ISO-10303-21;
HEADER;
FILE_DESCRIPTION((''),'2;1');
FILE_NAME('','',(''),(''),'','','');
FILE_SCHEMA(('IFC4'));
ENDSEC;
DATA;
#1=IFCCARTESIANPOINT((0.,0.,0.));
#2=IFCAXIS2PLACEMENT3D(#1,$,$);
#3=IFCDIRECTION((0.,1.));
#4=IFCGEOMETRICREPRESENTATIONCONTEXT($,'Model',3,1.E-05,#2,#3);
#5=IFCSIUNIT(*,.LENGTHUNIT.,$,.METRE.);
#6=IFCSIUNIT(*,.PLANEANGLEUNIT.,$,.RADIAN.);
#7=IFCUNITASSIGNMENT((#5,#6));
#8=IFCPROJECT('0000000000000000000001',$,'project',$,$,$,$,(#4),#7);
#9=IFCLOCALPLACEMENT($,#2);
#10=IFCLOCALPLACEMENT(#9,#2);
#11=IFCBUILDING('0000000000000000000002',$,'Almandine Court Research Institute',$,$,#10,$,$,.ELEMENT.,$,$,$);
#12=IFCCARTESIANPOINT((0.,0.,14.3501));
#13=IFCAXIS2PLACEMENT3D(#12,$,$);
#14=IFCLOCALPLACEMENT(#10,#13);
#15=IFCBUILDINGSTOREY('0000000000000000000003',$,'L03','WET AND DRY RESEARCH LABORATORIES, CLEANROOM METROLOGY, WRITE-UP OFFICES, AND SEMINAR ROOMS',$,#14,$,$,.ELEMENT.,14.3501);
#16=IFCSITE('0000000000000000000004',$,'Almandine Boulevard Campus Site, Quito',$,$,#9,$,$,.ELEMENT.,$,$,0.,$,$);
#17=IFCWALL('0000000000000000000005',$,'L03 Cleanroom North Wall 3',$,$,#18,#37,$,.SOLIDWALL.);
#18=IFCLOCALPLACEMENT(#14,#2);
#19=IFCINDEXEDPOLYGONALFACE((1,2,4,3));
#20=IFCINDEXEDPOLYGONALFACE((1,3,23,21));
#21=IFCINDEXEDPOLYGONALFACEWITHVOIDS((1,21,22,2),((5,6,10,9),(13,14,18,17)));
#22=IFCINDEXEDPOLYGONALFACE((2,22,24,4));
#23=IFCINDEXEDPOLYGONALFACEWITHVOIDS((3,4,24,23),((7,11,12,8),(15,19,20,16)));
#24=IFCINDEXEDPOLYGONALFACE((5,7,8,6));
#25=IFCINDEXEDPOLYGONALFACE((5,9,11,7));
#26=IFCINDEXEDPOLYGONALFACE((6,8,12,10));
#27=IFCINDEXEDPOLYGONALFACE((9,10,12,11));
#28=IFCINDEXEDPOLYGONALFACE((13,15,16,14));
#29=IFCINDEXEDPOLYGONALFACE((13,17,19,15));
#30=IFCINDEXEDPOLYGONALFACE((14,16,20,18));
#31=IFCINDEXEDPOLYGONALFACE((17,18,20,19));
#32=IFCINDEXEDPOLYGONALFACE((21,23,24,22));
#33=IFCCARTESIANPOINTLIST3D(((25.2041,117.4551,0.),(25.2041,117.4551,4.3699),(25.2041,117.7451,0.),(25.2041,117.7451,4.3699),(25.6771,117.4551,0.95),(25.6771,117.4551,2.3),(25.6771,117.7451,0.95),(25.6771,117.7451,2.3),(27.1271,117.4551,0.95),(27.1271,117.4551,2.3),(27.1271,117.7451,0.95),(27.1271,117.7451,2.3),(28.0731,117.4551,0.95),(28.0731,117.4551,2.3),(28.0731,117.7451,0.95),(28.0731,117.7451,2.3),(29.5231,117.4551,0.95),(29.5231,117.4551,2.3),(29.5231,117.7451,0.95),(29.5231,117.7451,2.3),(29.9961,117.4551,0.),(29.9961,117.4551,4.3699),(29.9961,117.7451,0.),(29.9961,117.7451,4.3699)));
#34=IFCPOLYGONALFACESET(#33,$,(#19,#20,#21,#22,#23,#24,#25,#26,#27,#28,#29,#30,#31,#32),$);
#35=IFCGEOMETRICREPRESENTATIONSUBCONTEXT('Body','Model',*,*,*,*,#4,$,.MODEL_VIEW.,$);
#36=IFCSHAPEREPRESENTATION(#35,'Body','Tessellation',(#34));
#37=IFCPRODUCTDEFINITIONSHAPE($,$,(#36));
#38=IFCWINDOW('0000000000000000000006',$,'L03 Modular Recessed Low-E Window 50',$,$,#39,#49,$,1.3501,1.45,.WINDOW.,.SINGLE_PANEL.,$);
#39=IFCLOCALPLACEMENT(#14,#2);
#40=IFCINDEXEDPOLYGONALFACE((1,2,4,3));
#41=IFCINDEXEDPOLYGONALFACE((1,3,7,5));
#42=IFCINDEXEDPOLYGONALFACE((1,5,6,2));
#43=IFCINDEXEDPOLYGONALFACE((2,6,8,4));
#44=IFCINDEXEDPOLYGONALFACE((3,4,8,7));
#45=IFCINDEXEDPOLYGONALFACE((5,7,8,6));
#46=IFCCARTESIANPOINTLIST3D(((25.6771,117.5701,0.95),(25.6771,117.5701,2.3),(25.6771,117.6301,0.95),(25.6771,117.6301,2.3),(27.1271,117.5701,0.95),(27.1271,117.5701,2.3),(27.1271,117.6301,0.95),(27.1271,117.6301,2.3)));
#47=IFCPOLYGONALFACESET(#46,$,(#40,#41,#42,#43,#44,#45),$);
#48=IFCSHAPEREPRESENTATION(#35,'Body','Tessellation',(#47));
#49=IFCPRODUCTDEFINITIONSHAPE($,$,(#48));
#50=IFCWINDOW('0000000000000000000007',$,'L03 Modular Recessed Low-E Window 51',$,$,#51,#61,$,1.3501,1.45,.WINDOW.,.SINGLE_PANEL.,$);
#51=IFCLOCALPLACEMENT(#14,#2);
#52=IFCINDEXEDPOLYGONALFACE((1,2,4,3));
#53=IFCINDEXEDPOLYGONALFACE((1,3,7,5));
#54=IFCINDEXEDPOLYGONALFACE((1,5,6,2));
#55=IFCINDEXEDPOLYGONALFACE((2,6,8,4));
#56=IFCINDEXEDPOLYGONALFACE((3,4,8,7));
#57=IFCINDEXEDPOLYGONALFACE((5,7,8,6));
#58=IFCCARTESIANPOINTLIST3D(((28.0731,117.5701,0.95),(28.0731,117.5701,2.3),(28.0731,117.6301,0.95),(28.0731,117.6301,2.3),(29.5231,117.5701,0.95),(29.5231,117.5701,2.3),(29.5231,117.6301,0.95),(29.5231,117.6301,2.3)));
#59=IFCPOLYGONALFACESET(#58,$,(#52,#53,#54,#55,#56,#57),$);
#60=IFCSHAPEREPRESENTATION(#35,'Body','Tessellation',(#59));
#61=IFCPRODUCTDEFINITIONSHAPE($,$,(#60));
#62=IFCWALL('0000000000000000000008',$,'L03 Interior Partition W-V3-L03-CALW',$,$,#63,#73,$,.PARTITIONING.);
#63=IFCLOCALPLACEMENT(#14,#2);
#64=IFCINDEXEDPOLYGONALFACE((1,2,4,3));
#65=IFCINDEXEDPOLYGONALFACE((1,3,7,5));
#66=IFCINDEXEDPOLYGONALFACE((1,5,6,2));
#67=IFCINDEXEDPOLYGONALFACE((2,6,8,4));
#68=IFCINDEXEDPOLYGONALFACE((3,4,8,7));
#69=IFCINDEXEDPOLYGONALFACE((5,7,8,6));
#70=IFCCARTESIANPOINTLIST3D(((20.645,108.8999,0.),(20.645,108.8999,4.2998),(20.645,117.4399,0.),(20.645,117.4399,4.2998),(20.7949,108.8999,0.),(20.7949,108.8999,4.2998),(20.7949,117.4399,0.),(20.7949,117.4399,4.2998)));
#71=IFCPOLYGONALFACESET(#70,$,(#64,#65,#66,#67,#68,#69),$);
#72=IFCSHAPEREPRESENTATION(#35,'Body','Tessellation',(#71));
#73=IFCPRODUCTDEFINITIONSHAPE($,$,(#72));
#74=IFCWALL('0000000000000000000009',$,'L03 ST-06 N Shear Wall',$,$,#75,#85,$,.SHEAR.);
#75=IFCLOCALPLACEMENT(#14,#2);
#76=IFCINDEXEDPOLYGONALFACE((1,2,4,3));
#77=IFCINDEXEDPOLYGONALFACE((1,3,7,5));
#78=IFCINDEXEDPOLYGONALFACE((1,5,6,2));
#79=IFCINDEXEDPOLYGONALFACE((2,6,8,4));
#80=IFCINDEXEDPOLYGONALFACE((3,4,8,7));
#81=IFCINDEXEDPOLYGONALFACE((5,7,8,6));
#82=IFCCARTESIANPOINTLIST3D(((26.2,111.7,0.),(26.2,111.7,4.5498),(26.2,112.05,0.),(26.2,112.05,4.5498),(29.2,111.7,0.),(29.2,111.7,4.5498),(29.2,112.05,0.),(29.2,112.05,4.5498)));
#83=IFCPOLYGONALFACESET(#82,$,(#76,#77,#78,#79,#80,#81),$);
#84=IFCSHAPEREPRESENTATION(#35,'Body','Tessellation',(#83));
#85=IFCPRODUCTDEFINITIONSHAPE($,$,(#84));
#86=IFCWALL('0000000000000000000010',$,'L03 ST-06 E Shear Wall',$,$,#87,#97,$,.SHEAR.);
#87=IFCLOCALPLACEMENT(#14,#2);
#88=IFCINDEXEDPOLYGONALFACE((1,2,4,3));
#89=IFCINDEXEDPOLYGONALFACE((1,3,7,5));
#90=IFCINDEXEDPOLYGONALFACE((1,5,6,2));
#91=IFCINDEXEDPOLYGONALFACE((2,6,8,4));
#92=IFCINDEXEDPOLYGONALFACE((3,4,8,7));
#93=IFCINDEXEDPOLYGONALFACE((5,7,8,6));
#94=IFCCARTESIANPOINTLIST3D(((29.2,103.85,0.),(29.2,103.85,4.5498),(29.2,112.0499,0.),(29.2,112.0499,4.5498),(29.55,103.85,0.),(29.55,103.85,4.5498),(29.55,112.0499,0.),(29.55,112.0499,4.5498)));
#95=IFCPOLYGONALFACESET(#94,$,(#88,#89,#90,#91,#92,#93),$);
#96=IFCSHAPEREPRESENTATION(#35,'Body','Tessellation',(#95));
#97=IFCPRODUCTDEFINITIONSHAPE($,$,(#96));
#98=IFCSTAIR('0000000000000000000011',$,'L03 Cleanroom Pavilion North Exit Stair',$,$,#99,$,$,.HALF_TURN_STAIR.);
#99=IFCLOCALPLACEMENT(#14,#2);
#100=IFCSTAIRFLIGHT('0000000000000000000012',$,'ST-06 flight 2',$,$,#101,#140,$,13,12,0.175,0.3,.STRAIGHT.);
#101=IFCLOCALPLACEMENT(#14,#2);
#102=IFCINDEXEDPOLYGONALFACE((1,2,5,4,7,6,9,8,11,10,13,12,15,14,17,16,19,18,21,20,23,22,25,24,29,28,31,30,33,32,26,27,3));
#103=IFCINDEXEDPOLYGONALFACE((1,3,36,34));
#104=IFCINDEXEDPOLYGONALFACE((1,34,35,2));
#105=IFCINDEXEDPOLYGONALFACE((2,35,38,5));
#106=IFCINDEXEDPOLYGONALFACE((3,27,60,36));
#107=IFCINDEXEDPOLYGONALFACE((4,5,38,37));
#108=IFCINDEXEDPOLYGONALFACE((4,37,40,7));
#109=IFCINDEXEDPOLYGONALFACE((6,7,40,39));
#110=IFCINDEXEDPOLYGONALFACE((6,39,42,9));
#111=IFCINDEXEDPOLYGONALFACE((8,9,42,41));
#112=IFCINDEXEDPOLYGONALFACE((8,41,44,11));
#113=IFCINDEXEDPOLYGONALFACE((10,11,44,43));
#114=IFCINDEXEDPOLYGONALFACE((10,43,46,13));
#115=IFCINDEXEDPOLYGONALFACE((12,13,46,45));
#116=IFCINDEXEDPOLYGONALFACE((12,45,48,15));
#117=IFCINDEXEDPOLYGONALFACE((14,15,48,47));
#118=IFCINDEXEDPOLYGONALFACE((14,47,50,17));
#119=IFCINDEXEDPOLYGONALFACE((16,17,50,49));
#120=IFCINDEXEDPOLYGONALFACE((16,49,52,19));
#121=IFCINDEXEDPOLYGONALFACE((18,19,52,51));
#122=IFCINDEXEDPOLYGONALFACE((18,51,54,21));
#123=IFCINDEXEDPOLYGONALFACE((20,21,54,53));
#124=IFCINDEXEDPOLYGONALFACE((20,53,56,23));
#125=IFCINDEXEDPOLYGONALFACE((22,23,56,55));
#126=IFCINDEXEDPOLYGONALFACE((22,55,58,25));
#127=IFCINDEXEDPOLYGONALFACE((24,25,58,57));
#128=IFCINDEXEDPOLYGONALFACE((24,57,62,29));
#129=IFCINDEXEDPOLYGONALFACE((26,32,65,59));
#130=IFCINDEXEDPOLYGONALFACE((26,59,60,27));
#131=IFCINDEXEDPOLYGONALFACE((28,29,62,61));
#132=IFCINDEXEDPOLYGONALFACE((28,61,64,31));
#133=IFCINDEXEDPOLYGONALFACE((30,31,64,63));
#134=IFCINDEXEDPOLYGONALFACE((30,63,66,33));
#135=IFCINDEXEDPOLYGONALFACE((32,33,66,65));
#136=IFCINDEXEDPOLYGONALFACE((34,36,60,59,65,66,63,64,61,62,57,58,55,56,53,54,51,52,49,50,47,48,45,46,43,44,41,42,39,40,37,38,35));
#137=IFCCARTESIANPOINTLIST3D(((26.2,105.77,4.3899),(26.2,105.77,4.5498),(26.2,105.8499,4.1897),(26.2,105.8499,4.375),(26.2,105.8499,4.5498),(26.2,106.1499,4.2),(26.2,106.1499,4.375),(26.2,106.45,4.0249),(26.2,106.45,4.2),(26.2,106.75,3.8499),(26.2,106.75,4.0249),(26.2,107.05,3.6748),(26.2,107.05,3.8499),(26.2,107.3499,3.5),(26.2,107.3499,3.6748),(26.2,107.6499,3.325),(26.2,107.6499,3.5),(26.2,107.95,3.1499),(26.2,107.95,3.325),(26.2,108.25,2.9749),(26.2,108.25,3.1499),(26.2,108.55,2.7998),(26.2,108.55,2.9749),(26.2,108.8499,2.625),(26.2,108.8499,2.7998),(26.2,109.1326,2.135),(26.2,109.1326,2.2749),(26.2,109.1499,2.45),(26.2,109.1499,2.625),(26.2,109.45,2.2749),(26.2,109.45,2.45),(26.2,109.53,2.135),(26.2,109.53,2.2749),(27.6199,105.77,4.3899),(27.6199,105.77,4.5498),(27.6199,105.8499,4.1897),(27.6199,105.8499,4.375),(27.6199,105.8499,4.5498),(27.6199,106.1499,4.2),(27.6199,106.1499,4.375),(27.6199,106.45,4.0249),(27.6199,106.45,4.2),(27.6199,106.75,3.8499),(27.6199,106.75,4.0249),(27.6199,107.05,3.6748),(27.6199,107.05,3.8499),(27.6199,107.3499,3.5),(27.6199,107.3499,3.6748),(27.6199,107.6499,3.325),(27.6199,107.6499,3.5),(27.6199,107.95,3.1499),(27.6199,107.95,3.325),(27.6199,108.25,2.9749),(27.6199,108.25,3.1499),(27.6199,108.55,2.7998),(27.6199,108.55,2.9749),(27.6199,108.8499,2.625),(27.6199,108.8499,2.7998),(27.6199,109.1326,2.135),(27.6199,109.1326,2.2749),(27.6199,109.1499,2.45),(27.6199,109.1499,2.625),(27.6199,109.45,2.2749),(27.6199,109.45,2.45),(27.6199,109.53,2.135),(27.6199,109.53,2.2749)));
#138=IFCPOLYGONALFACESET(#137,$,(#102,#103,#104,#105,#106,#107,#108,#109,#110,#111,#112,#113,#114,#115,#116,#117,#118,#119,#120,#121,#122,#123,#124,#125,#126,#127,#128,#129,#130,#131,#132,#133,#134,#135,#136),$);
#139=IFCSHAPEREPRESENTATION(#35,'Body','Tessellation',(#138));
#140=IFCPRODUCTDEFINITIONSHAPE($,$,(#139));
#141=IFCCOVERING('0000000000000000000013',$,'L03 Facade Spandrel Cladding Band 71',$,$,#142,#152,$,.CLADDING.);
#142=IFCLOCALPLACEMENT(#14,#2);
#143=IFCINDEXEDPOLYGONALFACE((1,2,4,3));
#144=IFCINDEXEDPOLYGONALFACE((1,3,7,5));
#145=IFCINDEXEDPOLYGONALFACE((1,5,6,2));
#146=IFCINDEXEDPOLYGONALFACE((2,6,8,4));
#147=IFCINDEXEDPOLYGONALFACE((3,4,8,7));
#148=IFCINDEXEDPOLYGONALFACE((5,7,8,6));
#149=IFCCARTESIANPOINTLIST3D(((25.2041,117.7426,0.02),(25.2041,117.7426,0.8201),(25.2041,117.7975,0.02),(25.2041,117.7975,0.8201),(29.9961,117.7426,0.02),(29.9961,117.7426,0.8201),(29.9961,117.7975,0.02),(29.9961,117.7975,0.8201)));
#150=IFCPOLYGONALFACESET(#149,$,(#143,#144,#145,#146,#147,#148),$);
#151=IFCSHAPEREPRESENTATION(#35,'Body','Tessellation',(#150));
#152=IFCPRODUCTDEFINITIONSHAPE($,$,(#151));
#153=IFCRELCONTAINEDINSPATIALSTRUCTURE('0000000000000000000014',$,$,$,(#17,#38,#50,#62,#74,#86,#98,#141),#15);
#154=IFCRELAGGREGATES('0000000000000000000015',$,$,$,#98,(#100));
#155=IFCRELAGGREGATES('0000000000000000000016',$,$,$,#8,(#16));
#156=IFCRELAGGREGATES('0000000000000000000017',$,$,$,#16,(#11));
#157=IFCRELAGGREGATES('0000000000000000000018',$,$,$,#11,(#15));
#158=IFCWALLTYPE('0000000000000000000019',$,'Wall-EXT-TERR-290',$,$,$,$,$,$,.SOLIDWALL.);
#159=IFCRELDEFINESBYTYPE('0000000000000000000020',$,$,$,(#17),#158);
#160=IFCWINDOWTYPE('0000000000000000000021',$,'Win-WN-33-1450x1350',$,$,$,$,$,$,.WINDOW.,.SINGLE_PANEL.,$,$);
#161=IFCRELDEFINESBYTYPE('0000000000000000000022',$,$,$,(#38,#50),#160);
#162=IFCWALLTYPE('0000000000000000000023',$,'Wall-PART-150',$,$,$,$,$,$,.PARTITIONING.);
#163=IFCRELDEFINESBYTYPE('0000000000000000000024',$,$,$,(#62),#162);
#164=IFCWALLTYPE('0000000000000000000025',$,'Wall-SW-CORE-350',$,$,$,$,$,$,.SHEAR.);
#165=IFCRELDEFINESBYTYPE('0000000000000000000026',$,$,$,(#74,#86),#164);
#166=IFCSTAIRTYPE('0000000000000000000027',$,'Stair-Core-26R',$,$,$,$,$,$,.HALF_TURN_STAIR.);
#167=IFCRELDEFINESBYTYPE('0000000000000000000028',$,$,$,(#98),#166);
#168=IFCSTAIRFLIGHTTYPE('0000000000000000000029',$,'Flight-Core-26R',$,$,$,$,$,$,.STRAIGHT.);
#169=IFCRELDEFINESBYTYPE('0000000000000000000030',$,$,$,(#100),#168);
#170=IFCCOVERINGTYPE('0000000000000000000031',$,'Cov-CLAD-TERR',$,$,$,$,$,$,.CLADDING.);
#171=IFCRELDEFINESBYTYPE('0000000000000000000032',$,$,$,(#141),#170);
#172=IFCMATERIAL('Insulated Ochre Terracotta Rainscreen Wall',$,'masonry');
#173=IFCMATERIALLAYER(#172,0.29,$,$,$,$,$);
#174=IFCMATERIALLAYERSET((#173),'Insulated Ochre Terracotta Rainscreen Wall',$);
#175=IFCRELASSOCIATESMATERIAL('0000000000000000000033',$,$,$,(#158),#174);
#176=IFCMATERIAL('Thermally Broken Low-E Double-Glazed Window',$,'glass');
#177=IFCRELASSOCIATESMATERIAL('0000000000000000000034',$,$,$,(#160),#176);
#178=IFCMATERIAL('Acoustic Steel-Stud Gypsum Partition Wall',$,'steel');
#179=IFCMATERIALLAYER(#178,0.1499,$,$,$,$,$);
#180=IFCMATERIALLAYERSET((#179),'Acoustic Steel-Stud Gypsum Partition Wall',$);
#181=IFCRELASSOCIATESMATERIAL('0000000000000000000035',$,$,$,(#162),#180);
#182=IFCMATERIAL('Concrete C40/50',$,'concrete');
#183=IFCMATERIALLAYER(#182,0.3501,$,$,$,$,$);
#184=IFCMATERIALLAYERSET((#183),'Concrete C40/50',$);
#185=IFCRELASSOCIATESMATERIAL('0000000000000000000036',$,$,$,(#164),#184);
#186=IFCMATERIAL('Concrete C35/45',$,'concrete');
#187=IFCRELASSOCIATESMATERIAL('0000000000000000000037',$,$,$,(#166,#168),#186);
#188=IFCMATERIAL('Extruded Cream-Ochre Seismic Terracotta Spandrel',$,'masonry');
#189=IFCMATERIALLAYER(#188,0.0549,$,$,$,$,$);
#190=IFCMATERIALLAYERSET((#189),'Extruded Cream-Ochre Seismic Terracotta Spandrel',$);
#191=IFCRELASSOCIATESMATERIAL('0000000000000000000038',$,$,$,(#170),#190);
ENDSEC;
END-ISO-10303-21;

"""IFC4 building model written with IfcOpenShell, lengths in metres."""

from ifc_helpers import new_model, si_unit, direction, frame, frame_2d, origin, origin_2d, place, context, subcontext, project, spatial, polyline, rectangle, outline, extrude, material, layer, layer_set, type_object, element, fill, aggregate, save


model = new_model("IFC4")

# Units and contexts
model_context = context("Model", 3, precision=1e-05, world=origin(), true_north=direction((0.0, 1.0)))
body_context = subcontext(model_context, "Body", "Model", "MODEL_VIEW")
ifc_project = project(units=[si_unit("LENGTHUNIT", "METRE"), si_unit("PLANEANGLEUNIT", "RADIAN")], contexts=[model_context])

# Site, building, storey
site_placement = place(None, origin())
site = spatial("IfcSite", under=ifc_project, at=site_placement, Name="Almandine Boulevard Campus Site, Quito", CompositionType="ELEMENT", RefElevation=0.0)
building_placement = place(site_placement, origin())
building = spatial("IfcBuilding", under=site, at=building_placement, Name="Almandine Court Research Institute", CompositionType="ELEMENT")
storey_placement = place(building_placement, frame((0.0, 0.0, 14.3501)))
storey = spatial("IfcBuildingStorey", under=building, at=storey_placement, Name="L03", Description="WET AND DRY RESEARCH LABORATORIES, CLEANROOM METROLOGY, WRITE-UP OFFICES, AND SEMINAR ROOMS", CompositionType="ELEMENT", Elevation=14.3501)

# Wall, openings, windows
ifc_material_1 = material(Name="Insulated Ochre Terracotta Rainscreen Wall", Category="masonry")
ifc_layer_1 = layer(ifc_material_1, 0.29)
ifc_layer_set_1 = layer_set([ifc_layer_1], Name="Insulated Ochre Terracotta Rainscreen Wall")
wall_type_1 = type_object("IfcWallType", Name="Wall-EXT-TERR-290", PredefinedType="SOLIDWALL", material=ifc_layer_set_1)
wall_1_placement = place(storey_placement, frame((25.2041, 117.6001, 0.0), z_axis=(0.0, 0.0, 1.0), x_axis=(1.0, 0.0, 0.0)))
wall_1 = element("IfcWall", 1, at=wall_1_placement, inside=storey, type_object=wall_type_1, Name="L03 Cleanroom North Wall 3", PredefinedType="SOLIDWALL", context=body_context, shape_type="SweptSolid", body=[
    extrude(rectangle(XDim=4.792, YDim=0.29, at=frame_2d((2.396, 0.0))), origin(), (0.0, 0.0, 1.0), 4.3699),
])
opening_1_placement = place(wall_1_placement, frame((0.4729, 0.0, 0.95)))
opening_1 = element("IfcOpeningElement", 2, at=opening_1_placement, cuts=wall_1, PredefinedType="OPENING", context=body_context, shape_type="SweptSolid", body=[
    extrude(rectangle(XDim=1.45, YDim=1.3501, at=frame_2d((0.7251, 0.675))), frame((0.0, 0.155, 0.0), z_axis=(0.0, -1.0, 0.0), x_axis=(1.0, 0.0, 0.0)), (0.0, 0.0, 1.0), 0.3101),
])
opening_2_placement = place(wall_1_placement, frame((2.8689, 0.0, 0.95)))
opening_2 = element("IfcOpeningElement", 3, at=opening_2_placement, cuts=wall_1, PredefinedType="OPENING", context=body_context, shape_type="SweptSolid", body=[
    extrude(rectangle(XDim=1.45, YDim=1.3501, at=frame_2d((0.7251, 0.675))), frame((0.0, 0.155, 0.0), z_axis=(0.0, -1.0, 0.0), x_axis=(1.0, 0.0, 0.0)), (0.0, 0.0, 1.0), 0.3101),
])
ifc_material_2 = material(Name="Thermally Broken Low-E Double-Glazed Window", Category="glass")
window_type = type_object("IfcWindowType", Name="Win-WN-33-1450x1350", PartitioningType="SINGLE_PANEL", PredefinedType="WINDOW", material=ifc_material_2)
window_1_placement = place(opening_1_placement, origin())
window_1 = element("IfcWindow", 4, at=window_1_placement, inside=storey, type_object=window_type, Name="L03 Modular Recessed Low-E Window 50", OverallHeight=1.3501, OverallWidth=1.45, PartitioningType="SINGLE_PANEL", PredefinedType="WINDOW", context=body_context, shape_type="SweptSolid", body=[
    extrude(rectangle(XDim=1.45, YDim=1.3501, at=frame_2d((0.7251, 0.675))), frame((0.0, 0.03, 0.0), z_axis=(0.0, -1.0, 0.0), x_axis=(1.0, 0.0, 0.0)), (0.0, 0.0, 1.0), 0.0601),
])
fill(opening_1, window_1)
window_2_placement = place(opening_2_placement, origin())
window_2 = element("IfcWindow", 5, at=window_2_placement, inside=storey, type_object=window_type, Name="L03 Modular Recessed Low-E Window 51", OverallHeight=1.3501, OverallWidth=1.45, PartitioningType="SINGLE_PANEL", PredefinedType="WINDOW", context=body_context, shape_type="SweptSolid", body=[
    extrude(rectangle(XDim=1.45, YDim=1.3501, at=frame_2d((0.7251, 0.675))), frame((0.0, 0.03, 0.0), z_axis=(0.0, -1.0, 0.0), x_axis=(1.0, 0.0, 0.0)), (0.0, 0.0, 1.0), 0.0601),
])
fill(opening_2, window_2)

# Walls
ifc_material_3 = material(Name="Acoustic Steel-Stud Gypsum Partition Wall", Category="steel")
ifc_layer_2 = layer(ifc_material_3, 0.1499)
ifc_layer_set_2 = layer_set([ifc_layer_2], Name="Acoustic Steel-Stud Gypsum Partition Wall")
wall_type_2 = type_object("IfcWallType", Name="Wall-PART-150", PredefinedType="PARTITIONING", material=ifc_layer_set_2)
wall_2_placement = place(storey_placement, frame((20.72, 108.8999, 0.0), z_axis=(0.0, 0.0, 1.0), x_axis=(0.0, 1.0, 0.0)))
element("IfcWall", 6, at=wall_2_placement, inside=storey, type_object=wall_type_2, Name="L03 Interior Partition W-V3-L03-CALW", PredefinedType="PARTITIONING", context=body_context, shape_type="SweptSolid", body=[
    extrude(rectangle(XDim=8.54, YDim=0.1499, at=frame_2d((4.27, 0.0))), origin(), (0.0, 0.0, 1.0), 4.2998),
])
ifc_material_4 = material(Name="Concrete C40/50", Category="concrete")
ifc_layer_3 = layer(ifc_material_4, 0.3501)
ifc_layer_set_3 = layer_set([ifc_layer_3], Name="Concrete C40/50")
wall_type_3 = type_object("IfcWallType", Name="Wall-SW-CORE-350", PredefinedType="SHEAR", material=ifc_layer_set_3)
wall_3_placement = place(storey_placement, frame((26.2, 111.875, 0.0), z_axis=(0.0, 0.0, 1.0), x_axis=(1.0, 0.0, 0.0)))
element("IfcWall", 7, at=wall_3_placement, inside=storey, type_object=wall_type_3, Name="L03 ST-06 N Shear Wall", PredefinedType="SHEAR", context=body_context, shape_type="SweptSolid", body=[
    extrude(rectangle(XDim=3.0, YDim=0.3501, at=frame_2d((1.5, 0.0))), origin(), (0.0, 0.0, 1.0), 4.5498),
])
wall_4_placement = place(storey_placement, frame((29.375, 112.05, 0.0), z_axis=(0.0, 0.0, 1.0), x_axis=(0.0, -1.0, 0.0)))
element("IfcWall", 8, at=wall_4_placement, inside=storey, type_object=wall_type_3, Name="L03 ST-06 E Shear Wall", PredefinedType="SHEAR", context=body_context, shape_type="SweptSolid", body=[
    extrude(rectangle(XDim=8.2, YDim=0.3501, at=frame_2d((4.1001, 0.0))), origin(), (0.0, 0.0, 1.0), 4.5498),
])

# Stair, stair flight
ifc_material_5 = material(Name="Concrete C35/45", Category="concrete")
stair_type = type_object("IfcStairType", Name="Stair-Core-26R", PredefinedType="HALF_TURN_STAIR", material=ifc_material_5)
stair_placement = place(storey_placement, origin())
stair = element("IfcStair", 9, at=stair_placement, inside=storey, type_object=stair_type, Name="L03 Cleanroom Pavilion North Exit Stair", PredefinedType="HALF_TURN_STAIR")
stair_flight_type = type_object("IfcStairFlightType", Name="Flight-Core-26R", PredefinedType="STRAIGHT", material=ifc_material_5)
stair_flight_placement = place(storey_placement, frame((26.9099, 109.45, 2.2749), z_axis=(0.0, 0.0, 1.0), x_axis=(0.0, -1.0, 0.0)))
stair_flight = element("IfcStairFlight", 10, at=stair_flight_placement, type_object=stair_flight_type, Name="ST-06 flight 2", NumberOfRisers=13, NumberOfTreads=12, PredefinedType="STRAIGHT", RiserHeight=0.175, TreadLength=0.3, context=body_context, shape_type="SweptSolid", body=[
    extrude(outline(polyline([(-0.0801, -0.1399), (-0.0801, 0.0), (0.0, 0.0), (0.0, 0.175), (0.3, 0.175), (0.3, 0.3501), (0.6001, 0.3501), (0.6001, 0.5249), (0.8999, 0.5249), (0.8999, 0.7), (1.2, 0.7), (1.2, 0.875), (1.5, 0.875), (1.5, 1.05), (1.8, 1.05), (1.8, 1.2251), (2.1001, 1.2251), (2.1001, 1.3999), (2.3999, 1.3999), (2.3999, 1.575), (2.7, 1.575), (2.7, 1.75), (3.0, 1.75), (3.0, 1.925), (3.3, 1.925), (3.3, 2.1001), (3.6001, 2.1001), (3.6001, 2.2749), (3.6799, 2.2749), (3.6799, 2.115), (3.6001, 1.9148), (0.3174, 0.0), (0.3174, -0.1399), (-0.0801, -0.1399)])), frame((0.0, 0.71, 0.0), z_axis=(0.0, -1.0, 0.0), x_axis=(1.0, 0.0, 0.0)), (0.0, 0.0, 1.0), 1.4199),
])
aggregate(stair, [stair_flight])

# Covering
ifc_material_6 = material(Name="Extruded Cream-Ochre Seismic Terracotta Spandrel", Category="masonry")
ifc_layer_4 = layer(ifc_material_6, 0.0549)
ifc_layer_set_4 = layer_set([ifc_layer_4], Name="Extruded Cream-Ochre Seismic Terracotta Spandrel")
covering_type = type_object("IfcCoveringType", Name="Cov-CLAD-TERR", PredefinedType="CLADDING", material=ifc_layer_set_4)
covering_placement = place(storey_placement, frame((27.6001, 117.77, 0.02), z_axis=(0.0, 0.0, 1.0), x_axis=(1.0, 0.0, 0.0)))
element("IfcCovering", 11, at=covering_placement, inside=storey, type_object=covering_type, Name="L03 Facade Spandrel Cladding Band 71", PredefinedType="CLADDING", context=body_context, shape_type="SweptSolid", body=[
    extrude(rectangle(XDim=4.792, YDim=0.0549, at=origin_2d()), origin(), (0.0, 0.0, 1.0), 0.8),
])

save(model, "model.ifc")
